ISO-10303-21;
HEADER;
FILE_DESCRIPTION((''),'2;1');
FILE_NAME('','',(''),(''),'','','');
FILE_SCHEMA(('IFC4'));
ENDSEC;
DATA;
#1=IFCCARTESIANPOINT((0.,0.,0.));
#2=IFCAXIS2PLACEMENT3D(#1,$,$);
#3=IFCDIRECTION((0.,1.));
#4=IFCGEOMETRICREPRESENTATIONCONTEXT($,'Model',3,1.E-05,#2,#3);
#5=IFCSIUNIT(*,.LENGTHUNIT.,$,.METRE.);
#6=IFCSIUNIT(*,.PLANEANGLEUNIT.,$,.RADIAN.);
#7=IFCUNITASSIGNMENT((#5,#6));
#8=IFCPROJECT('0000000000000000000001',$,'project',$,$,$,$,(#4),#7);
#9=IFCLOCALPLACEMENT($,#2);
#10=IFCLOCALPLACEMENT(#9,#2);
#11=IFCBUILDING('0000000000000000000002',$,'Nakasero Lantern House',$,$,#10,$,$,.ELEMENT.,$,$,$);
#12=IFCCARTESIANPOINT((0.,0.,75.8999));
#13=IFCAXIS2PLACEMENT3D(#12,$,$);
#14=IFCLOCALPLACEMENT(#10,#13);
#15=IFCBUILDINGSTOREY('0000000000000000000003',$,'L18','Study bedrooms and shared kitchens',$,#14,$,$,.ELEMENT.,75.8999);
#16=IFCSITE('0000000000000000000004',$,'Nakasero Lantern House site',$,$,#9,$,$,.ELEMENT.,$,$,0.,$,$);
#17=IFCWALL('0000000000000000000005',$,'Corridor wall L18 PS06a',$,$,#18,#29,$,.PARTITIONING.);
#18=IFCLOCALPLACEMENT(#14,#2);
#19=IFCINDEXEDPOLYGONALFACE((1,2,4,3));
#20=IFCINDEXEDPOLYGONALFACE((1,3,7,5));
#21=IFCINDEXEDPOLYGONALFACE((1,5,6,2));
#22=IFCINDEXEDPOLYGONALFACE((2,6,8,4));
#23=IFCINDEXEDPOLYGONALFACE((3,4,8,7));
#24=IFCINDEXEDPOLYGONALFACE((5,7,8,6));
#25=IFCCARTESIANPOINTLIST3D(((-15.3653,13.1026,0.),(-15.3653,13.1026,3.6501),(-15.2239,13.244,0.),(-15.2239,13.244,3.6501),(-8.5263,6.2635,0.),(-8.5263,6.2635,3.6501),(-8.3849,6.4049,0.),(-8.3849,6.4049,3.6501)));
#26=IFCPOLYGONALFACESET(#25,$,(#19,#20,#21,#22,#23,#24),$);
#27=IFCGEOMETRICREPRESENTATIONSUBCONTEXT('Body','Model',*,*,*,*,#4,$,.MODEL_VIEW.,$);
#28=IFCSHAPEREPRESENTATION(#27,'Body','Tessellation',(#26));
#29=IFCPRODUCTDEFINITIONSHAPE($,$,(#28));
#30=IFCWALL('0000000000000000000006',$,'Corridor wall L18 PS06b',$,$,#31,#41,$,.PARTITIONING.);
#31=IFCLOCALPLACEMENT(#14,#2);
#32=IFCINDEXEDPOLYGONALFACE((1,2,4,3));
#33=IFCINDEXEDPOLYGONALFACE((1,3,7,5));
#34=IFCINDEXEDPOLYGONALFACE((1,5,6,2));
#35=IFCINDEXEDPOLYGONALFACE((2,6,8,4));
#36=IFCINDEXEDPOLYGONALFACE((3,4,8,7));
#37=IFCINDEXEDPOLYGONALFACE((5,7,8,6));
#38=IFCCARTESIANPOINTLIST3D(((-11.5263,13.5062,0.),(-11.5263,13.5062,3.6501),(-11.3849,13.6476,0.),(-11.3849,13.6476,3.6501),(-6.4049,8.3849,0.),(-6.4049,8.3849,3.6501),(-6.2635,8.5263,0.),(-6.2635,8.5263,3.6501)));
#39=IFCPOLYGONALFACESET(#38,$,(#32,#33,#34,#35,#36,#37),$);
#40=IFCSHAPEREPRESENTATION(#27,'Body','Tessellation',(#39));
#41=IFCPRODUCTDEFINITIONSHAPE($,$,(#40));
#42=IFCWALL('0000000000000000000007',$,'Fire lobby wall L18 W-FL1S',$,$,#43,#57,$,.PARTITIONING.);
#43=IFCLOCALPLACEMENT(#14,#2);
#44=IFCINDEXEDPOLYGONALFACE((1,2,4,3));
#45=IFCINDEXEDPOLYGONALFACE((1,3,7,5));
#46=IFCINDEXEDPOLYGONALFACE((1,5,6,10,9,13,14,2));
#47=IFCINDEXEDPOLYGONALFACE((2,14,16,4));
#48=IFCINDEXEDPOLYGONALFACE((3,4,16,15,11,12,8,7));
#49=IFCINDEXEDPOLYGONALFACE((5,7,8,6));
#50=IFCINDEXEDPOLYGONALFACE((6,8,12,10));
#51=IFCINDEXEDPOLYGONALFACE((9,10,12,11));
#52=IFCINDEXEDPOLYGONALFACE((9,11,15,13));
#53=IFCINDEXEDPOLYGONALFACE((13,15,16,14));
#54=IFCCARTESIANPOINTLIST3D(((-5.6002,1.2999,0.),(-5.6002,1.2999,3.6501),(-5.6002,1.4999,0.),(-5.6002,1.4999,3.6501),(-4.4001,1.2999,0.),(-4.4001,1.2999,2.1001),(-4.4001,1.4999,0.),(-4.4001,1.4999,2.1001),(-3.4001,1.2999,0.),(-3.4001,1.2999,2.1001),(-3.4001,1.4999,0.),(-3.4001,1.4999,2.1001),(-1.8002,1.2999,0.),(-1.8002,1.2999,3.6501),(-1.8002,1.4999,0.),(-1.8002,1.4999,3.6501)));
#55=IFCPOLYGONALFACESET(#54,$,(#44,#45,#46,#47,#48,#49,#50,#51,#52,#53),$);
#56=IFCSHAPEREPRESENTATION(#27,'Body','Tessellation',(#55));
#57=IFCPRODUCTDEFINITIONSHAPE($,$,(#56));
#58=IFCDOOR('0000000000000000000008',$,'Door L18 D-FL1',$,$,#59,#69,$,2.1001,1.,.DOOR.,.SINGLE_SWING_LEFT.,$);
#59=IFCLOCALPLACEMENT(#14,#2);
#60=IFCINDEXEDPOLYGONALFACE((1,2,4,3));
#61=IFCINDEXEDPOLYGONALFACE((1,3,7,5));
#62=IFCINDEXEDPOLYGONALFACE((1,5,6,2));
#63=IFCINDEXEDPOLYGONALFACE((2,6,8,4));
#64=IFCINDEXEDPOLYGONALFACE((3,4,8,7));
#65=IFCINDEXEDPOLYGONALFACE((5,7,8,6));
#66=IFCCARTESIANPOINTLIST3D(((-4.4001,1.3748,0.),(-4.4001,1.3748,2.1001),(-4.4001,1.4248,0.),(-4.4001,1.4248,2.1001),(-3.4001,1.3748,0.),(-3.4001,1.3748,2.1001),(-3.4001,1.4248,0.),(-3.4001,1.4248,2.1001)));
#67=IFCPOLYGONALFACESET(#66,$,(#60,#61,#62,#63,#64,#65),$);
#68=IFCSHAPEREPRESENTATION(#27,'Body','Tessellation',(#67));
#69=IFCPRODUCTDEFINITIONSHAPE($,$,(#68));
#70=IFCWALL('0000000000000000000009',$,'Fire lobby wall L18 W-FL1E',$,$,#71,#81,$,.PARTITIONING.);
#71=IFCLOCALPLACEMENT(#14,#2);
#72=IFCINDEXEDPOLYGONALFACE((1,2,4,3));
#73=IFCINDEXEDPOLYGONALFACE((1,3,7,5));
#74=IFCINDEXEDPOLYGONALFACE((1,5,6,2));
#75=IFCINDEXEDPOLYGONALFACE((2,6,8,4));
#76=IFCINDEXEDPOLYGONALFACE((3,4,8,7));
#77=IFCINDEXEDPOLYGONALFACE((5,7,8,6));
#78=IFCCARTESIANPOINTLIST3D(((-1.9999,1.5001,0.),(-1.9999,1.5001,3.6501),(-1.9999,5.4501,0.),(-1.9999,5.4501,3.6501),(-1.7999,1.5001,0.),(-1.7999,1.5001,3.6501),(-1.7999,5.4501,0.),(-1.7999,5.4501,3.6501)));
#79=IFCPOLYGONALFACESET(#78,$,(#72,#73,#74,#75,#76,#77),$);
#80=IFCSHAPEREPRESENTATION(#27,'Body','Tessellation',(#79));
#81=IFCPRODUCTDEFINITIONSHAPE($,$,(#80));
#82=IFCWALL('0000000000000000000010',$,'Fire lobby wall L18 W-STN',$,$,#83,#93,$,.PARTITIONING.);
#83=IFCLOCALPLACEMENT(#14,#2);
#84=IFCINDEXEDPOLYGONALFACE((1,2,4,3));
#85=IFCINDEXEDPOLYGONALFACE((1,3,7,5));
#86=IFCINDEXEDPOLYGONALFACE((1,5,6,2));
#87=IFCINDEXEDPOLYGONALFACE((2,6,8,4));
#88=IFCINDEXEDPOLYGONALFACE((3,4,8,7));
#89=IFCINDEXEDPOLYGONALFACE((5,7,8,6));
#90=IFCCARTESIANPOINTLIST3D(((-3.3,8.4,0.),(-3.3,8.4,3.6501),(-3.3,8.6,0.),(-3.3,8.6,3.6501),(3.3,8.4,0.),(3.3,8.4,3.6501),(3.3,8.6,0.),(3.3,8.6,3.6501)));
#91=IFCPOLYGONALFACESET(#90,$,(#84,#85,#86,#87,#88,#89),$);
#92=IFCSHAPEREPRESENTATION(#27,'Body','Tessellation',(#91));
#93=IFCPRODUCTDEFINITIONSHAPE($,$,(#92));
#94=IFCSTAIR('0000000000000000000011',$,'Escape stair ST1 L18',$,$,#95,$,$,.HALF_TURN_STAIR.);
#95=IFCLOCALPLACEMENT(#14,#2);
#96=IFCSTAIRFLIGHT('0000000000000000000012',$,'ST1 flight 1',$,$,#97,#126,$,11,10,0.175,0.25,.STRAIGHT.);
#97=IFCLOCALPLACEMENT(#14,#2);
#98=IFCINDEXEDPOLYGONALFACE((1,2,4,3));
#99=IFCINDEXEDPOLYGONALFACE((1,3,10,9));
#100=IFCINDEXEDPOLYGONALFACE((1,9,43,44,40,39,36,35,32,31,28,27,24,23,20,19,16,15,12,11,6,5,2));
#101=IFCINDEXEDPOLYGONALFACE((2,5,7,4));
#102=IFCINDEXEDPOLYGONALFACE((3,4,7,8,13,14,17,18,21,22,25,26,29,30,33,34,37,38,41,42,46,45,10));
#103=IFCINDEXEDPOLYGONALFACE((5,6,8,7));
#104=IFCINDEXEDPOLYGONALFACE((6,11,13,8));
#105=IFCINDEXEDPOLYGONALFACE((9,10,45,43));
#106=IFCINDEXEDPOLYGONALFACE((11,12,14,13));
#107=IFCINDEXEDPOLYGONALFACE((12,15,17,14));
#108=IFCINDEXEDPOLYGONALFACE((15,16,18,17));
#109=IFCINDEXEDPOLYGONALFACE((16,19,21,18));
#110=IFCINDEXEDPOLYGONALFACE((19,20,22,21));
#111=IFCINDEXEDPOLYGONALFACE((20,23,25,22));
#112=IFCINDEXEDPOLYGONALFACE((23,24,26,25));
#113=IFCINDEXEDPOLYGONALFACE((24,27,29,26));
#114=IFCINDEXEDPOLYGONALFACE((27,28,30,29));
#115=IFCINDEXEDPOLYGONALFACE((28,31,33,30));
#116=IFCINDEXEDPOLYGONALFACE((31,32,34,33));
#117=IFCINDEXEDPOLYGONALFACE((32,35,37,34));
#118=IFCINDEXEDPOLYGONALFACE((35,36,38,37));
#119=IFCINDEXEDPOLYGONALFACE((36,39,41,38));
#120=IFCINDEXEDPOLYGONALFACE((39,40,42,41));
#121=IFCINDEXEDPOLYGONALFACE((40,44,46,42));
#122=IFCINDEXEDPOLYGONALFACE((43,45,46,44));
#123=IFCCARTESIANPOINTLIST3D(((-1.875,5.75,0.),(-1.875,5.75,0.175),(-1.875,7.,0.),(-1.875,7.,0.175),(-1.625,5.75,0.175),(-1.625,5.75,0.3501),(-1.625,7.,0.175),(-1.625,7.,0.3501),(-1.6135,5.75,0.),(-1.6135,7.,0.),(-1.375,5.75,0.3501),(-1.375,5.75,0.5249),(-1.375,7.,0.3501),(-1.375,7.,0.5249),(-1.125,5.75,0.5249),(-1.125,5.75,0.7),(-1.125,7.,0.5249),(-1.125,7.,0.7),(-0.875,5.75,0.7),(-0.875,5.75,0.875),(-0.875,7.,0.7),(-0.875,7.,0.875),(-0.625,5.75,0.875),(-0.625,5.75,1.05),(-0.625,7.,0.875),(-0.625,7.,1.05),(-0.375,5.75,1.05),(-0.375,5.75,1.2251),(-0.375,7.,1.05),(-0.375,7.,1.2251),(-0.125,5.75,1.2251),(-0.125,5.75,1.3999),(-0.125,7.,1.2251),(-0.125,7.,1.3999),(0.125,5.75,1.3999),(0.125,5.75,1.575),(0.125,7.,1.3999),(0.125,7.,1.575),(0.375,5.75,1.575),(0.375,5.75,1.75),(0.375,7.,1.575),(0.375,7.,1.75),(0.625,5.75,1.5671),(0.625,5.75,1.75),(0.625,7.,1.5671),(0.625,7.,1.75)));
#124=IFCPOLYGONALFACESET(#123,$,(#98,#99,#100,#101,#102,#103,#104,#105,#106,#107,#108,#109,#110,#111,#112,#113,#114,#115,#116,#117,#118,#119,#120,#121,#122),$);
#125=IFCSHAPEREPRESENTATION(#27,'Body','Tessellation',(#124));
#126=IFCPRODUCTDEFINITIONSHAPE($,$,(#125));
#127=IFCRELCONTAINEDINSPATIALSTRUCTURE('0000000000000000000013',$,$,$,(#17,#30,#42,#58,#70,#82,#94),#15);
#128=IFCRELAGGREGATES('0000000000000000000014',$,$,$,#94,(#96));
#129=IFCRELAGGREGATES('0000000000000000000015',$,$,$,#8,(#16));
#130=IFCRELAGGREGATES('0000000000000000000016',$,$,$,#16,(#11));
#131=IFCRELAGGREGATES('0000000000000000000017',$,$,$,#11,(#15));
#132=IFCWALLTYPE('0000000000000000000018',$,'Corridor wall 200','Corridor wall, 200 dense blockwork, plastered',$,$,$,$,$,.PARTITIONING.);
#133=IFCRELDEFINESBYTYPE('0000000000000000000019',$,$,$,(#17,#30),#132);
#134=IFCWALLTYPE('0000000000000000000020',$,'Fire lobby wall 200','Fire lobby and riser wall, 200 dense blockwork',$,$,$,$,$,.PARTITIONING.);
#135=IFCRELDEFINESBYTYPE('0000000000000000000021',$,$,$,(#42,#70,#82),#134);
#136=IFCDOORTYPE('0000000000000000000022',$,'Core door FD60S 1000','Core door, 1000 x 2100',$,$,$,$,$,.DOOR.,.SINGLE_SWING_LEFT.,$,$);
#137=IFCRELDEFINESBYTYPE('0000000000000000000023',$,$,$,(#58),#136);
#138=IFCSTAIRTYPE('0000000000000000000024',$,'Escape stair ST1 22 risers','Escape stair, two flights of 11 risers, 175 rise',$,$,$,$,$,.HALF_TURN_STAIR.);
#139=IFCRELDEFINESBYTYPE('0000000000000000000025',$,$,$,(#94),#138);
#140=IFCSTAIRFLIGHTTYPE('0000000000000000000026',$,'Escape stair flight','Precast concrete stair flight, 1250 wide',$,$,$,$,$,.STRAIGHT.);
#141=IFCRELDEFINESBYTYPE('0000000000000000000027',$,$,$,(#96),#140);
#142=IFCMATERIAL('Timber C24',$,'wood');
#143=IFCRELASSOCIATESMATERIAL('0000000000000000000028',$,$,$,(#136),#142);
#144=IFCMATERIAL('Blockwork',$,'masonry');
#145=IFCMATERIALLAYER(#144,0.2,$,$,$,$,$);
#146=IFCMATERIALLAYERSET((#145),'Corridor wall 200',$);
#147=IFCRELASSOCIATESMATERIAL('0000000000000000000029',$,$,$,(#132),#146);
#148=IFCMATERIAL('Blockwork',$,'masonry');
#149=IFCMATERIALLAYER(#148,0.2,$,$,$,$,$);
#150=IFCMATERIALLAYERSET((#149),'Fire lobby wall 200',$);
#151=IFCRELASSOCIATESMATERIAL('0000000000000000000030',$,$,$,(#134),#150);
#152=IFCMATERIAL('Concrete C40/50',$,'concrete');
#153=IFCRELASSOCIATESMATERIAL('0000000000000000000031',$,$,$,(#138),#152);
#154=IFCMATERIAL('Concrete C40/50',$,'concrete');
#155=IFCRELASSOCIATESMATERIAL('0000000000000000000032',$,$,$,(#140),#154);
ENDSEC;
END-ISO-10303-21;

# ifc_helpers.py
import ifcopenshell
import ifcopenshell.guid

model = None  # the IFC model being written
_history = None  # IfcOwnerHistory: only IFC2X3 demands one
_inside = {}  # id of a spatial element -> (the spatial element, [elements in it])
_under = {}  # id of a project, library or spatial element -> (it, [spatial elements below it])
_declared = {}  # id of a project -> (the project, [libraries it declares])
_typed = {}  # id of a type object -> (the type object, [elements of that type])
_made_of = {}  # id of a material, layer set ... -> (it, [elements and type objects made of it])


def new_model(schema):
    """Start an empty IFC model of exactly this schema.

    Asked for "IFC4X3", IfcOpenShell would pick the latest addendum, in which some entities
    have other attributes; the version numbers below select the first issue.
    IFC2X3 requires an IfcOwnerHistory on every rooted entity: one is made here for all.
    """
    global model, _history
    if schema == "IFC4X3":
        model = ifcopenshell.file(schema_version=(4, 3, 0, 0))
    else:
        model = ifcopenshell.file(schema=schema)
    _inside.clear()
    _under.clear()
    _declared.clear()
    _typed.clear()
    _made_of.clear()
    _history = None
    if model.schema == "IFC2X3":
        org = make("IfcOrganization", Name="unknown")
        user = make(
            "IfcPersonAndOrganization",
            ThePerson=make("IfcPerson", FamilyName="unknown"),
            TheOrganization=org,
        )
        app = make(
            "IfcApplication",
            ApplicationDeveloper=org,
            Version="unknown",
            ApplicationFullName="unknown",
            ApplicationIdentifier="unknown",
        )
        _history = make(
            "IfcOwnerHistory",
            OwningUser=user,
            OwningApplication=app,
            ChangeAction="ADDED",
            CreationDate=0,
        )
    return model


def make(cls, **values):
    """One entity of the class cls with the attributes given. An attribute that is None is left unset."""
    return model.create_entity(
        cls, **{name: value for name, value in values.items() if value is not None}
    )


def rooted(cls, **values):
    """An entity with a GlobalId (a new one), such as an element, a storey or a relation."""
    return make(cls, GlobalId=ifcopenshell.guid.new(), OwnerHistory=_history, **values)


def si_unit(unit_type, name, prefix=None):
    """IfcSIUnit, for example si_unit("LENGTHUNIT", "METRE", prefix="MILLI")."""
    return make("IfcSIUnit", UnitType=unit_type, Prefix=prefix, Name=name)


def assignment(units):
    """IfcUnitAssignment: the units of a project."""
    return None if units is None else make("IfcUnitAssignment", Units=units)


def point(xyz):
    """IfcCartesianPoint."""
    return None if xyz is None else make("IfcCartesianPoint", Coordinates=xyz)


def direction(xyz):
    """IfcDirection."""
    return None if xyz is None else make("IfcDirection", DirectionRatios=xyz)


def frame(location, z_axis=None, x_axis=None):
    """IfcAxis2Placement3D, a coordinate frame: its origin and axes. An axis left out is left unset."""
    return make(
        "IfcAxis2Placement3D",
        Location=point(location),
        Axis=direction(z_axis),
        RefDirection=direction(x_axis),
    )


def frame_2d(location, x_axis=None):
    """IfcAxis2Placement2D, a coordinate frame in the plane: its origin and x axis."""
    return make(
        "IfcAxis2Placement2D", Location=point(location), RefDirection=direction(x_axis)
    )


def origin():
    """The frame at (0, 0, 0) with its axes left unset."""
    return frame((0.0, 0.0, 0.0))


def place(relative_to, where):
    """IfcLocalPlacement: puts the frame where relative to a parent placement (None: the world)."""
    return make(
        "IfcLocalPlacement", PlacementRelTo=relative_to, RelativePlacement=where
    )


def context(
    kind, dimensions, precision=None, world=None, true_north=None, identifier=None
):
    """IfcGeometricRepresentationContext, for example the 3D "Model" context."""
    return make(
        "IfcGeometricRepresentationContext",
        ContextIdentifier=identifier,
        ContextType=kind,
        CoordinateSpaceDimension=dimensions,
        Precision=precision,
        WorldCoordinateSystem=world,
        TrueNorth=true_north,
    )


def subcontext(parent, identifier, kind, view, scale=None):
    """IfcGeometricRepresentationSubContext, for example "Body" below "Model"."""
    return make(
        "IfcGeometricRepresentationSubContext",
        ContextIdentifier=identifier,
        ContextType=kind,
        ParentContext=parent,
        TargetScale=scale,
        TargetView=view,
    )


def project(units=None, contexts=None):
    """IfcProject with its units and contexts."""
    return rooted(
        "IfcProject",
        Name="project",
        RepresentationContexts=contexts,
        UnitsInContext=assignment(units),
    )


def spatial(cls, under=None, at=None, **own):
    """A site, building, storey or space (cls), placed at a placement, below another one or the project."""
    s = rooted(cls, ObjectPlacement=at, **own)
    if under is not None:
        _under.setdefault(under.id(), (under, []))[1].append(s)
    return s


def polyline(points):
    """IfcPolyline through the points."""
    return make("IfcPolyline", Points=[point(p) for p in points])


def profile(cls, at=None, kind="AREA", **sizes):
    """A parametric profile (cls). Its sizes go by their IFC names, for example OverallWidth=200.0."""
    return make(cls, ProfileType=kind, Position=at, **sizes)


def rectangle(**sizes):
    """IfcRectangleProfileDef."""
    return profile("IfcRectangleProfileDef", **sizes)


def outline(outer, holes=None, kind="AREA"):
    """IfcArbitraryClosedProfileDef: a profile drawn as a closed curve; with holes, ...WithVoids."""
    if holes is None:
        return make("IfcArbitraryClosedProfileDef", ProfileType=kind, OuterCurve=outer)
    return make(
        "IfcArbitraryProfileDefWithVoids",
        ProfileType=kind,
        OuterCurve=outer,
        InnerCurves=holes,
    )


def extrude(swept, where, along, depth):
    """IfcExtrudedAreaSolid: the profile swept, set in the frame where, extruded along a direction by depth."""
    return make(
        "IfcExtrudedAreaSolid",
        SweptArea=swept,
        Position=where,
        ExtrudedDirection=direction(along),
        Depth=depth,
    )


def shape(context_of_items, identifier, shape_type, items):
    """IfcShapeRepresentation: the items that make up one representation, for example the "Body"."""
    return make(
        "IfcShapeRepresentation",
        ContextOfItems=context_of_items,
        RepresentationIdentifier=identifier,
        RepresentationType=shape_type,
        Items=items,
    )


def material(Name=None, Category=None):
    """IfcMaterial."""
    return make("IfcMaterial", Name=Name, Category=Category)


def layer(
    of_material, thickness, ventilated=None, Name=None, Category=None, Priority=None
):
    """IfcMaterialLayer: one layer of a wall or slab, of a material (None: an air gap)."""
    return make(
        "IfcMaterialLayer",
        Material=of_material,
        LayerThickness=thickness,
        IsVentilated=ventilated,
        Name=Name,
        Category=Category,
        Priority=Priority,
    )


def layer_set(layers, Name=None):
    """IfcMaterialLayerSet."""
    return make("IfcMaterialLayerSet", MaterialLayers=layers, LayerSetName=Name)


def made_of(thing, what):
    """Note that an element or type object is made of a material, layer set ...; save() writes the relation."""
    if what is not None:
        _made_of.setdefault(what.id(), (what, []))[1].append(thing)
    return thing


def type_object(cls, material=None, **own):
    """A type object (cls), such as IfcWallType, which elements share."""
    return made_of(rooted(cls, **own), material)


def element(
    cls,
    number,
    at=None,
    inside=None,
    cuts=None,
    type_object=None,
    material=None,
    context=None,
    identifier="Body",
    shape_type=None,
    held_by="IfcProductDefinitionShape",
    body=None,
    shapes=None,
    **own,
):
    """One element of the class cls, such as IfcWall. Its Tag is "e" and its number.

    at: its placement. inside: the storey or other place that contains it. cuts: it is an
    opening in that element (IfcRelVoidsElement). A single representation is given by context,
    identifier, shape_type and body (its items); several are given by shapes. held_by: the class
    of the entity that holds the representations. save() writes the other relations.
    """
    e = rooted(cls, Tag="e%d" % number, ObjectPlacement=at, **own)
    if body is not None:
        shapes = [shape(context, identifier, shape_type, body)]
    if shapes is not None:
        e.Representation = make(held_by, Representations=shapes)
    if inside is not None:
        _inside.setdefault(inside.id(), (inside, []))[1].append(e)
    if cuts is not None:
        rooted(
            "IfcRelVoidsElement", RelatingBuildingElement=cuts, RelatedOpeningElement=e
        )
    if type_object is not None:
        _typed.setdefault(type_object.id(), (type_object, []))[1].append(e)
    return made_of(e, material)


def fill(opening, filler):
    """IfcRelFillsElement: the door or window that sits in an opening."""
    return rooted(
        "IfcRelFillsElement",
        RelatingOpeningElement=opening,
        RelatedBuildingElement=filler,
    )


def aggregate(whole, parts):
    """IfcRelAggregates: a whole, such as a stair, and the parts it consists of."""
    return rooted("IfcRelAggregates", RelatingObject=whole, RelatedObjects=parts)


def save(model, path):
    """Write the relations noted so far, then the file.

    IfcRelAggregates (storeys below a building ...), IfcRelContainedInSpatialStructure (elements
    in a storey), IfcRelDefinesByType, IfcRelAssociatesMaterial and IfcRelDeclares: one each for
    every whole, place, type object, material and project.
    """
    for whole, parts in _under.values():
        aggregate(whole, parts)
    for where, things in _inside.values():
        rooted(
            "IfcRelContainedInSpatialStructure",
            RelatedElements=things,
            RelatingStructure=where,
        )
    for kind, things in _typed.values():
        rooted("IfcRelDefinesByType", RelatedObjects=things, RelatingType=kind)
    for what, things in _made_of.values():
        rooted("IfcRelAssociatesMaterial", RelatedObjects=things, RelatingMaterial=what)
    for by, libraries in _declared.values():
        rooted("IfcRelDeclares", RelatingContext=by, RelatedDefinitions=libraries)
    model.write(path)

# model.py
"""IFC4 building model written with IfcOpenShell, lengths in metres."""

from ifc_helpers import new_model, si_unit, direction, frame, frame_2d, origin, place, context, subcontext, project, spatial, polyline, rectangle, outline, extrude, material, layer, layer_set, type_object, element, fill, aggregate, save


model = new_model("IFC4")

# Units and contexts
model_context = context("Model", 3, precision=1e-05, world=origin(), true_north=direction((0.0, 1.0)))
body_context = subcontext(model_context, "Body", "Model", "MODEL_VIEW")
ifc_project = project(units=[si_unit("LENGTHUNIT", "METRE"), si_unit("PLANEANGLEUNIT", "RADIAN")], contexts=[model_context])

# Site, building, storey
site_placement = place(None, origin())
site = spatial("IfcSite", under=ifc_project, at=site_placement, Name="Nakasero Lantern House site", CompositionType="ELEMENT", RefElevation=0.0)
building_placement = place(site_placement, origin())
building = spatial("IfcBuilding", under=site, at=building_placement, Name="Nakasero Lantern House", CompositionType="ELEMENT")
storey_placement = place(building_placement, frame((0.0, 0.0, 75.8999)))
storey = spatial("IfcBuildingStorey", under=building, at=storey_placement, Name="L18", Description="Study bedrooms and shared kitchens", CompositionType="ELEMENT", Elevation=75.8999)

# Shared definitions
ifc_material_1 = material(Name="Timber C24", Category="wood")
door_type = type_object("IfcDoorType", Name="Core door FD60S 1000", Description="Core door, 1000 x 2100", OperationType="SINGLE_SWING_LEFT", PredefinedType="DOOR", material=ifc_material_1)

# Walls
ifc_material_2 = material(Name="Blockwork", Category="masonry")
ifc_layer_1 = layer(ifc_material_2, 0.2)
ifc_layer_set_1 = layer_set([ifc_layer_1], Name="Corridor wall 200")
wall_type_1 = type_object("IfcWallType", Name="Corridor wall 200", Description="Corridor wall, 200 dense blockwork, plastered", PredefinedType="PARTITIONING", material=ifc_layer_set_1)
wall_1_placement = place(storey_placement, frame((-8.4556, 6.3342, 0.0), z_axis=(0.0, 0.0, 1.0), x_axis=(-0.707107, 0.707107, 0.0)))
element("IfcWall", 1, at=wall_1_placement, inside=storey, type_object=wall_type_1, Name="Corridor wall L18 PS06a", PredefinedType="PARTITIONING", context=body_context, shape_type="SweptSolid", body=[
    extrude(rectangle(XDim=9.6719, YDim=0.2, at=frame_2d((4.8359, 0.0))), origin(), (0.0, 0.0, 1.0), 3.6501),
])
wall_2_placement = place(storey_placement, frame((-6.3342, 8.4556, 0.0), z_axis=(0.0, 0.0, 1.0), x_axis=(-0.707107, 0.707107, 0.0)))
element("IfcWall", 2, at=wall_2_placement, inside=storey, type_object=wall_type_1, Name="Corridor wall L18 PS06b", PredefinedType="PARTITIONING", context=body_context, shape_type="SweptSolid", body=[
    extrude(rectangle(XDim=7.2427, YDim=0.2, at=frame_2d((3.6213, 0.0))), origin(), (0.0, 0.0, 1.0), 3.6501),
])

# Wall, opening, door
ifc_material_3 = material(Name="Blockwork", Category="masonry")
ifc_layer_2 = layer(ifc_material_3, 0.2)
ifc_layer_set_2 = layer_set([ifc_layer_2], Name="Fire lobby wall 200")
wall_type_2 = type_object("IfcWallType", Name="Fire lobby wall 200", Description="Fire lobby and riser wall, 200 dense blockwork", PredefinedType="PARTITIONING", material=ifc_layer_set_2)
wall_3_placement = place(storey_placement, frame((-5.6001, 1.3999, 0.0), z_axis=(0.0, 0.0, 1.0), x_axis=(1.0, 0.0, 0.0)))
wall_3 = element("IfcWall", 3, at=wall_3_placement, inside=storey, type_object=wall_type_2, Name="Fire lobby wall L18 W-FL1S", PredefinedType="PARTITIONING", context=body_context, shape_type="SweptSolid", body=[
    extrude(rectangle(XDim=3.8, YDim=0.2, at=frame_2d((1.8999, 0.0))), origin(), (0.0, 0.0, 1.0), 3.6501),
])
opening_1_placement = place(wall_3_placement, frame((1.2, 0.0, 0.0)))
opening_1 = element("IfcOpeningElement", 4, at=opening_1_placement, cuts=wall_3, PredefinedType="OPENING", context=body_context, shape_type="SweptSolid", body=[
    extrude(rectangle(XDim=1.0, YDim=2.1001, at=frame_2d((0.5, 1.05))), frame((0.0, 0.1199, 0.0), z_axis=(0.0, -1.0, 0.0), x_axis=(1.0, 0.0, 0.0)), (0.0, 0.0, 1.0), 0.24),
])
door_1_placement = place(opening_1_placement, origin())
door_1 = element("IfcDoor", 5, at=door_1_placement, inside=storey, type_object=door_type, Name="Door L18 D-FL1", OperationType="SINGLE_SWING_LEFT", OverallHeight=2.1001, OverallWidth=1.0, PredefinedType="DOOR", context=body_context, shape_type="SweptSolid", body=[
    extrude(rectangle(XDim=1.0, YDim=2.1001, at=frame_2d((0.5, 1.05))), frame((0.0, 0.0249, 0.0), z_axis=(0.0, -1.0, 0.0), x_axis=(1.0, 0.0, 0.0)), (0.0, 0.0, 1.0), 0.05),
])
fill(opening_1, door_1)

# Walls
wall_4_placement = place(storey_placement, frame((-1.8999, 1.5, 0.0), z_axis=(0.0, 0.0, 1.0), x_axis=(0.0, 1.0, 0.0)))
element("IfcWall", 6, at=wall_4_placement, inside=storey, type_object=wall_type_2, Name="Fire lobby wall L18 W-FL1E", PredefinedType="PARTITIONING", context=body_context, shape_type="SweptSolid", body=[
    extrude(rectangle(XDim=3.95, YDim=0.2, at=frame_2d((1.9751, 0.0))), origin(), (0.0, 0.0, 1.0), 3.6501),
])
wall_5_placement = place(storey_placement, frame((-3.3, 8.5, 0.0), z_axis=(0.0, 0.0, 1.0), x_axis=(1.0, 0.0, 0.0)))
element("IfcWall", 7, at=wall_5_placement, inside=storey, type_object=wall_type_2, Name="Fire lobby wall L18 W-STN", PredefinedType="PARTITIONING", context=body_context, shape_type="SweptSolid", body=[
    extrude(rectangle(XDim=6.6001, YDim=0.2, at=frame_2d((3.3, 0.0))), origin(), (0.0, 0.0, 1.0), 3.6501),
])

# Stair, stair flight
ifc_material_4 = material(Name="Concrete C40/50", Category="concrete")
stair_type = type_object("IfcStairType", Name="Escape stair ST1 22 risers", Description="Escape stair, two flights of 11 risers, 175 rise", PredefinedType="HALF_TURN_STAIR", material=ifc_material_4)
stair_placement = place(storey_placement, origin())
stair = element("IfcStair", 8, at=stair_placement, inside=storey, type_object=stair_type, Name="Escape stair ST1 L18", PredefinedType="HALF_TURN_STAIR")
ifc_material_5 = material(Name="Concrete C40/50", Category="concrete")
stair_flight_type = type_object("IfcStairFlightType", Name="Escape stair flight", Description="Precast concrete stair flight, 1250 wide", PredefinedType="STRAIGHT", material=ifc_material_5)
stair_flight_placement = place(storey_placement, frame((-1.875, 6.375, 0.0), z_axis=(0.0, 0.0, 1.0), x_axis=(1.0, 0.0, 0.0)))
stair_flight = element("IfcStairFlight", 9, at=stair_flight_placement, type_object=stair_flight_type, Name="ST1 flight 1", NumberOfRisers=11, NumberOfTreads=10, PredefinedType="STRAIGHT", RiserHeight=0.175, TreadLength=0.25, context=body_context, shape_type="SweptSolid", body=[
    extrude(outline(polyline([(0.0, 0.0), (0.0, 0.175), (0.25, 0.175), (0.25, 0.3501), (0.5, 0.3501), (0.5, 0.5249), (0.75, 0.5249), (0.75, 0.7), (1.0, 0.7), (1.0, 0.875), (1.25, 0.875), (1.25, 1.05), (1.5, 1.05), (1.5, 1.2251), (1.75, 1.2251), (1.75, 1.3999), (2.0, 1.3999), (2.0, 1.575), (2.25, 1.575), (2.25, 1.75), (2.5, 1.75), (2.5, 1.925), (2.5, 1.5671), (0.2615, 0.0), (0.0, 0.0)])), frame((0.0, 0.625, 0.0), z_axis=(0.0, -1.0, 0.0), x_axis=(1.0, 0.0, 0.0)), (0.0, 0.0, 1.0), 1.25),
])
aggregate(stair, [stair_flight])

save(model, "model.ifc")
